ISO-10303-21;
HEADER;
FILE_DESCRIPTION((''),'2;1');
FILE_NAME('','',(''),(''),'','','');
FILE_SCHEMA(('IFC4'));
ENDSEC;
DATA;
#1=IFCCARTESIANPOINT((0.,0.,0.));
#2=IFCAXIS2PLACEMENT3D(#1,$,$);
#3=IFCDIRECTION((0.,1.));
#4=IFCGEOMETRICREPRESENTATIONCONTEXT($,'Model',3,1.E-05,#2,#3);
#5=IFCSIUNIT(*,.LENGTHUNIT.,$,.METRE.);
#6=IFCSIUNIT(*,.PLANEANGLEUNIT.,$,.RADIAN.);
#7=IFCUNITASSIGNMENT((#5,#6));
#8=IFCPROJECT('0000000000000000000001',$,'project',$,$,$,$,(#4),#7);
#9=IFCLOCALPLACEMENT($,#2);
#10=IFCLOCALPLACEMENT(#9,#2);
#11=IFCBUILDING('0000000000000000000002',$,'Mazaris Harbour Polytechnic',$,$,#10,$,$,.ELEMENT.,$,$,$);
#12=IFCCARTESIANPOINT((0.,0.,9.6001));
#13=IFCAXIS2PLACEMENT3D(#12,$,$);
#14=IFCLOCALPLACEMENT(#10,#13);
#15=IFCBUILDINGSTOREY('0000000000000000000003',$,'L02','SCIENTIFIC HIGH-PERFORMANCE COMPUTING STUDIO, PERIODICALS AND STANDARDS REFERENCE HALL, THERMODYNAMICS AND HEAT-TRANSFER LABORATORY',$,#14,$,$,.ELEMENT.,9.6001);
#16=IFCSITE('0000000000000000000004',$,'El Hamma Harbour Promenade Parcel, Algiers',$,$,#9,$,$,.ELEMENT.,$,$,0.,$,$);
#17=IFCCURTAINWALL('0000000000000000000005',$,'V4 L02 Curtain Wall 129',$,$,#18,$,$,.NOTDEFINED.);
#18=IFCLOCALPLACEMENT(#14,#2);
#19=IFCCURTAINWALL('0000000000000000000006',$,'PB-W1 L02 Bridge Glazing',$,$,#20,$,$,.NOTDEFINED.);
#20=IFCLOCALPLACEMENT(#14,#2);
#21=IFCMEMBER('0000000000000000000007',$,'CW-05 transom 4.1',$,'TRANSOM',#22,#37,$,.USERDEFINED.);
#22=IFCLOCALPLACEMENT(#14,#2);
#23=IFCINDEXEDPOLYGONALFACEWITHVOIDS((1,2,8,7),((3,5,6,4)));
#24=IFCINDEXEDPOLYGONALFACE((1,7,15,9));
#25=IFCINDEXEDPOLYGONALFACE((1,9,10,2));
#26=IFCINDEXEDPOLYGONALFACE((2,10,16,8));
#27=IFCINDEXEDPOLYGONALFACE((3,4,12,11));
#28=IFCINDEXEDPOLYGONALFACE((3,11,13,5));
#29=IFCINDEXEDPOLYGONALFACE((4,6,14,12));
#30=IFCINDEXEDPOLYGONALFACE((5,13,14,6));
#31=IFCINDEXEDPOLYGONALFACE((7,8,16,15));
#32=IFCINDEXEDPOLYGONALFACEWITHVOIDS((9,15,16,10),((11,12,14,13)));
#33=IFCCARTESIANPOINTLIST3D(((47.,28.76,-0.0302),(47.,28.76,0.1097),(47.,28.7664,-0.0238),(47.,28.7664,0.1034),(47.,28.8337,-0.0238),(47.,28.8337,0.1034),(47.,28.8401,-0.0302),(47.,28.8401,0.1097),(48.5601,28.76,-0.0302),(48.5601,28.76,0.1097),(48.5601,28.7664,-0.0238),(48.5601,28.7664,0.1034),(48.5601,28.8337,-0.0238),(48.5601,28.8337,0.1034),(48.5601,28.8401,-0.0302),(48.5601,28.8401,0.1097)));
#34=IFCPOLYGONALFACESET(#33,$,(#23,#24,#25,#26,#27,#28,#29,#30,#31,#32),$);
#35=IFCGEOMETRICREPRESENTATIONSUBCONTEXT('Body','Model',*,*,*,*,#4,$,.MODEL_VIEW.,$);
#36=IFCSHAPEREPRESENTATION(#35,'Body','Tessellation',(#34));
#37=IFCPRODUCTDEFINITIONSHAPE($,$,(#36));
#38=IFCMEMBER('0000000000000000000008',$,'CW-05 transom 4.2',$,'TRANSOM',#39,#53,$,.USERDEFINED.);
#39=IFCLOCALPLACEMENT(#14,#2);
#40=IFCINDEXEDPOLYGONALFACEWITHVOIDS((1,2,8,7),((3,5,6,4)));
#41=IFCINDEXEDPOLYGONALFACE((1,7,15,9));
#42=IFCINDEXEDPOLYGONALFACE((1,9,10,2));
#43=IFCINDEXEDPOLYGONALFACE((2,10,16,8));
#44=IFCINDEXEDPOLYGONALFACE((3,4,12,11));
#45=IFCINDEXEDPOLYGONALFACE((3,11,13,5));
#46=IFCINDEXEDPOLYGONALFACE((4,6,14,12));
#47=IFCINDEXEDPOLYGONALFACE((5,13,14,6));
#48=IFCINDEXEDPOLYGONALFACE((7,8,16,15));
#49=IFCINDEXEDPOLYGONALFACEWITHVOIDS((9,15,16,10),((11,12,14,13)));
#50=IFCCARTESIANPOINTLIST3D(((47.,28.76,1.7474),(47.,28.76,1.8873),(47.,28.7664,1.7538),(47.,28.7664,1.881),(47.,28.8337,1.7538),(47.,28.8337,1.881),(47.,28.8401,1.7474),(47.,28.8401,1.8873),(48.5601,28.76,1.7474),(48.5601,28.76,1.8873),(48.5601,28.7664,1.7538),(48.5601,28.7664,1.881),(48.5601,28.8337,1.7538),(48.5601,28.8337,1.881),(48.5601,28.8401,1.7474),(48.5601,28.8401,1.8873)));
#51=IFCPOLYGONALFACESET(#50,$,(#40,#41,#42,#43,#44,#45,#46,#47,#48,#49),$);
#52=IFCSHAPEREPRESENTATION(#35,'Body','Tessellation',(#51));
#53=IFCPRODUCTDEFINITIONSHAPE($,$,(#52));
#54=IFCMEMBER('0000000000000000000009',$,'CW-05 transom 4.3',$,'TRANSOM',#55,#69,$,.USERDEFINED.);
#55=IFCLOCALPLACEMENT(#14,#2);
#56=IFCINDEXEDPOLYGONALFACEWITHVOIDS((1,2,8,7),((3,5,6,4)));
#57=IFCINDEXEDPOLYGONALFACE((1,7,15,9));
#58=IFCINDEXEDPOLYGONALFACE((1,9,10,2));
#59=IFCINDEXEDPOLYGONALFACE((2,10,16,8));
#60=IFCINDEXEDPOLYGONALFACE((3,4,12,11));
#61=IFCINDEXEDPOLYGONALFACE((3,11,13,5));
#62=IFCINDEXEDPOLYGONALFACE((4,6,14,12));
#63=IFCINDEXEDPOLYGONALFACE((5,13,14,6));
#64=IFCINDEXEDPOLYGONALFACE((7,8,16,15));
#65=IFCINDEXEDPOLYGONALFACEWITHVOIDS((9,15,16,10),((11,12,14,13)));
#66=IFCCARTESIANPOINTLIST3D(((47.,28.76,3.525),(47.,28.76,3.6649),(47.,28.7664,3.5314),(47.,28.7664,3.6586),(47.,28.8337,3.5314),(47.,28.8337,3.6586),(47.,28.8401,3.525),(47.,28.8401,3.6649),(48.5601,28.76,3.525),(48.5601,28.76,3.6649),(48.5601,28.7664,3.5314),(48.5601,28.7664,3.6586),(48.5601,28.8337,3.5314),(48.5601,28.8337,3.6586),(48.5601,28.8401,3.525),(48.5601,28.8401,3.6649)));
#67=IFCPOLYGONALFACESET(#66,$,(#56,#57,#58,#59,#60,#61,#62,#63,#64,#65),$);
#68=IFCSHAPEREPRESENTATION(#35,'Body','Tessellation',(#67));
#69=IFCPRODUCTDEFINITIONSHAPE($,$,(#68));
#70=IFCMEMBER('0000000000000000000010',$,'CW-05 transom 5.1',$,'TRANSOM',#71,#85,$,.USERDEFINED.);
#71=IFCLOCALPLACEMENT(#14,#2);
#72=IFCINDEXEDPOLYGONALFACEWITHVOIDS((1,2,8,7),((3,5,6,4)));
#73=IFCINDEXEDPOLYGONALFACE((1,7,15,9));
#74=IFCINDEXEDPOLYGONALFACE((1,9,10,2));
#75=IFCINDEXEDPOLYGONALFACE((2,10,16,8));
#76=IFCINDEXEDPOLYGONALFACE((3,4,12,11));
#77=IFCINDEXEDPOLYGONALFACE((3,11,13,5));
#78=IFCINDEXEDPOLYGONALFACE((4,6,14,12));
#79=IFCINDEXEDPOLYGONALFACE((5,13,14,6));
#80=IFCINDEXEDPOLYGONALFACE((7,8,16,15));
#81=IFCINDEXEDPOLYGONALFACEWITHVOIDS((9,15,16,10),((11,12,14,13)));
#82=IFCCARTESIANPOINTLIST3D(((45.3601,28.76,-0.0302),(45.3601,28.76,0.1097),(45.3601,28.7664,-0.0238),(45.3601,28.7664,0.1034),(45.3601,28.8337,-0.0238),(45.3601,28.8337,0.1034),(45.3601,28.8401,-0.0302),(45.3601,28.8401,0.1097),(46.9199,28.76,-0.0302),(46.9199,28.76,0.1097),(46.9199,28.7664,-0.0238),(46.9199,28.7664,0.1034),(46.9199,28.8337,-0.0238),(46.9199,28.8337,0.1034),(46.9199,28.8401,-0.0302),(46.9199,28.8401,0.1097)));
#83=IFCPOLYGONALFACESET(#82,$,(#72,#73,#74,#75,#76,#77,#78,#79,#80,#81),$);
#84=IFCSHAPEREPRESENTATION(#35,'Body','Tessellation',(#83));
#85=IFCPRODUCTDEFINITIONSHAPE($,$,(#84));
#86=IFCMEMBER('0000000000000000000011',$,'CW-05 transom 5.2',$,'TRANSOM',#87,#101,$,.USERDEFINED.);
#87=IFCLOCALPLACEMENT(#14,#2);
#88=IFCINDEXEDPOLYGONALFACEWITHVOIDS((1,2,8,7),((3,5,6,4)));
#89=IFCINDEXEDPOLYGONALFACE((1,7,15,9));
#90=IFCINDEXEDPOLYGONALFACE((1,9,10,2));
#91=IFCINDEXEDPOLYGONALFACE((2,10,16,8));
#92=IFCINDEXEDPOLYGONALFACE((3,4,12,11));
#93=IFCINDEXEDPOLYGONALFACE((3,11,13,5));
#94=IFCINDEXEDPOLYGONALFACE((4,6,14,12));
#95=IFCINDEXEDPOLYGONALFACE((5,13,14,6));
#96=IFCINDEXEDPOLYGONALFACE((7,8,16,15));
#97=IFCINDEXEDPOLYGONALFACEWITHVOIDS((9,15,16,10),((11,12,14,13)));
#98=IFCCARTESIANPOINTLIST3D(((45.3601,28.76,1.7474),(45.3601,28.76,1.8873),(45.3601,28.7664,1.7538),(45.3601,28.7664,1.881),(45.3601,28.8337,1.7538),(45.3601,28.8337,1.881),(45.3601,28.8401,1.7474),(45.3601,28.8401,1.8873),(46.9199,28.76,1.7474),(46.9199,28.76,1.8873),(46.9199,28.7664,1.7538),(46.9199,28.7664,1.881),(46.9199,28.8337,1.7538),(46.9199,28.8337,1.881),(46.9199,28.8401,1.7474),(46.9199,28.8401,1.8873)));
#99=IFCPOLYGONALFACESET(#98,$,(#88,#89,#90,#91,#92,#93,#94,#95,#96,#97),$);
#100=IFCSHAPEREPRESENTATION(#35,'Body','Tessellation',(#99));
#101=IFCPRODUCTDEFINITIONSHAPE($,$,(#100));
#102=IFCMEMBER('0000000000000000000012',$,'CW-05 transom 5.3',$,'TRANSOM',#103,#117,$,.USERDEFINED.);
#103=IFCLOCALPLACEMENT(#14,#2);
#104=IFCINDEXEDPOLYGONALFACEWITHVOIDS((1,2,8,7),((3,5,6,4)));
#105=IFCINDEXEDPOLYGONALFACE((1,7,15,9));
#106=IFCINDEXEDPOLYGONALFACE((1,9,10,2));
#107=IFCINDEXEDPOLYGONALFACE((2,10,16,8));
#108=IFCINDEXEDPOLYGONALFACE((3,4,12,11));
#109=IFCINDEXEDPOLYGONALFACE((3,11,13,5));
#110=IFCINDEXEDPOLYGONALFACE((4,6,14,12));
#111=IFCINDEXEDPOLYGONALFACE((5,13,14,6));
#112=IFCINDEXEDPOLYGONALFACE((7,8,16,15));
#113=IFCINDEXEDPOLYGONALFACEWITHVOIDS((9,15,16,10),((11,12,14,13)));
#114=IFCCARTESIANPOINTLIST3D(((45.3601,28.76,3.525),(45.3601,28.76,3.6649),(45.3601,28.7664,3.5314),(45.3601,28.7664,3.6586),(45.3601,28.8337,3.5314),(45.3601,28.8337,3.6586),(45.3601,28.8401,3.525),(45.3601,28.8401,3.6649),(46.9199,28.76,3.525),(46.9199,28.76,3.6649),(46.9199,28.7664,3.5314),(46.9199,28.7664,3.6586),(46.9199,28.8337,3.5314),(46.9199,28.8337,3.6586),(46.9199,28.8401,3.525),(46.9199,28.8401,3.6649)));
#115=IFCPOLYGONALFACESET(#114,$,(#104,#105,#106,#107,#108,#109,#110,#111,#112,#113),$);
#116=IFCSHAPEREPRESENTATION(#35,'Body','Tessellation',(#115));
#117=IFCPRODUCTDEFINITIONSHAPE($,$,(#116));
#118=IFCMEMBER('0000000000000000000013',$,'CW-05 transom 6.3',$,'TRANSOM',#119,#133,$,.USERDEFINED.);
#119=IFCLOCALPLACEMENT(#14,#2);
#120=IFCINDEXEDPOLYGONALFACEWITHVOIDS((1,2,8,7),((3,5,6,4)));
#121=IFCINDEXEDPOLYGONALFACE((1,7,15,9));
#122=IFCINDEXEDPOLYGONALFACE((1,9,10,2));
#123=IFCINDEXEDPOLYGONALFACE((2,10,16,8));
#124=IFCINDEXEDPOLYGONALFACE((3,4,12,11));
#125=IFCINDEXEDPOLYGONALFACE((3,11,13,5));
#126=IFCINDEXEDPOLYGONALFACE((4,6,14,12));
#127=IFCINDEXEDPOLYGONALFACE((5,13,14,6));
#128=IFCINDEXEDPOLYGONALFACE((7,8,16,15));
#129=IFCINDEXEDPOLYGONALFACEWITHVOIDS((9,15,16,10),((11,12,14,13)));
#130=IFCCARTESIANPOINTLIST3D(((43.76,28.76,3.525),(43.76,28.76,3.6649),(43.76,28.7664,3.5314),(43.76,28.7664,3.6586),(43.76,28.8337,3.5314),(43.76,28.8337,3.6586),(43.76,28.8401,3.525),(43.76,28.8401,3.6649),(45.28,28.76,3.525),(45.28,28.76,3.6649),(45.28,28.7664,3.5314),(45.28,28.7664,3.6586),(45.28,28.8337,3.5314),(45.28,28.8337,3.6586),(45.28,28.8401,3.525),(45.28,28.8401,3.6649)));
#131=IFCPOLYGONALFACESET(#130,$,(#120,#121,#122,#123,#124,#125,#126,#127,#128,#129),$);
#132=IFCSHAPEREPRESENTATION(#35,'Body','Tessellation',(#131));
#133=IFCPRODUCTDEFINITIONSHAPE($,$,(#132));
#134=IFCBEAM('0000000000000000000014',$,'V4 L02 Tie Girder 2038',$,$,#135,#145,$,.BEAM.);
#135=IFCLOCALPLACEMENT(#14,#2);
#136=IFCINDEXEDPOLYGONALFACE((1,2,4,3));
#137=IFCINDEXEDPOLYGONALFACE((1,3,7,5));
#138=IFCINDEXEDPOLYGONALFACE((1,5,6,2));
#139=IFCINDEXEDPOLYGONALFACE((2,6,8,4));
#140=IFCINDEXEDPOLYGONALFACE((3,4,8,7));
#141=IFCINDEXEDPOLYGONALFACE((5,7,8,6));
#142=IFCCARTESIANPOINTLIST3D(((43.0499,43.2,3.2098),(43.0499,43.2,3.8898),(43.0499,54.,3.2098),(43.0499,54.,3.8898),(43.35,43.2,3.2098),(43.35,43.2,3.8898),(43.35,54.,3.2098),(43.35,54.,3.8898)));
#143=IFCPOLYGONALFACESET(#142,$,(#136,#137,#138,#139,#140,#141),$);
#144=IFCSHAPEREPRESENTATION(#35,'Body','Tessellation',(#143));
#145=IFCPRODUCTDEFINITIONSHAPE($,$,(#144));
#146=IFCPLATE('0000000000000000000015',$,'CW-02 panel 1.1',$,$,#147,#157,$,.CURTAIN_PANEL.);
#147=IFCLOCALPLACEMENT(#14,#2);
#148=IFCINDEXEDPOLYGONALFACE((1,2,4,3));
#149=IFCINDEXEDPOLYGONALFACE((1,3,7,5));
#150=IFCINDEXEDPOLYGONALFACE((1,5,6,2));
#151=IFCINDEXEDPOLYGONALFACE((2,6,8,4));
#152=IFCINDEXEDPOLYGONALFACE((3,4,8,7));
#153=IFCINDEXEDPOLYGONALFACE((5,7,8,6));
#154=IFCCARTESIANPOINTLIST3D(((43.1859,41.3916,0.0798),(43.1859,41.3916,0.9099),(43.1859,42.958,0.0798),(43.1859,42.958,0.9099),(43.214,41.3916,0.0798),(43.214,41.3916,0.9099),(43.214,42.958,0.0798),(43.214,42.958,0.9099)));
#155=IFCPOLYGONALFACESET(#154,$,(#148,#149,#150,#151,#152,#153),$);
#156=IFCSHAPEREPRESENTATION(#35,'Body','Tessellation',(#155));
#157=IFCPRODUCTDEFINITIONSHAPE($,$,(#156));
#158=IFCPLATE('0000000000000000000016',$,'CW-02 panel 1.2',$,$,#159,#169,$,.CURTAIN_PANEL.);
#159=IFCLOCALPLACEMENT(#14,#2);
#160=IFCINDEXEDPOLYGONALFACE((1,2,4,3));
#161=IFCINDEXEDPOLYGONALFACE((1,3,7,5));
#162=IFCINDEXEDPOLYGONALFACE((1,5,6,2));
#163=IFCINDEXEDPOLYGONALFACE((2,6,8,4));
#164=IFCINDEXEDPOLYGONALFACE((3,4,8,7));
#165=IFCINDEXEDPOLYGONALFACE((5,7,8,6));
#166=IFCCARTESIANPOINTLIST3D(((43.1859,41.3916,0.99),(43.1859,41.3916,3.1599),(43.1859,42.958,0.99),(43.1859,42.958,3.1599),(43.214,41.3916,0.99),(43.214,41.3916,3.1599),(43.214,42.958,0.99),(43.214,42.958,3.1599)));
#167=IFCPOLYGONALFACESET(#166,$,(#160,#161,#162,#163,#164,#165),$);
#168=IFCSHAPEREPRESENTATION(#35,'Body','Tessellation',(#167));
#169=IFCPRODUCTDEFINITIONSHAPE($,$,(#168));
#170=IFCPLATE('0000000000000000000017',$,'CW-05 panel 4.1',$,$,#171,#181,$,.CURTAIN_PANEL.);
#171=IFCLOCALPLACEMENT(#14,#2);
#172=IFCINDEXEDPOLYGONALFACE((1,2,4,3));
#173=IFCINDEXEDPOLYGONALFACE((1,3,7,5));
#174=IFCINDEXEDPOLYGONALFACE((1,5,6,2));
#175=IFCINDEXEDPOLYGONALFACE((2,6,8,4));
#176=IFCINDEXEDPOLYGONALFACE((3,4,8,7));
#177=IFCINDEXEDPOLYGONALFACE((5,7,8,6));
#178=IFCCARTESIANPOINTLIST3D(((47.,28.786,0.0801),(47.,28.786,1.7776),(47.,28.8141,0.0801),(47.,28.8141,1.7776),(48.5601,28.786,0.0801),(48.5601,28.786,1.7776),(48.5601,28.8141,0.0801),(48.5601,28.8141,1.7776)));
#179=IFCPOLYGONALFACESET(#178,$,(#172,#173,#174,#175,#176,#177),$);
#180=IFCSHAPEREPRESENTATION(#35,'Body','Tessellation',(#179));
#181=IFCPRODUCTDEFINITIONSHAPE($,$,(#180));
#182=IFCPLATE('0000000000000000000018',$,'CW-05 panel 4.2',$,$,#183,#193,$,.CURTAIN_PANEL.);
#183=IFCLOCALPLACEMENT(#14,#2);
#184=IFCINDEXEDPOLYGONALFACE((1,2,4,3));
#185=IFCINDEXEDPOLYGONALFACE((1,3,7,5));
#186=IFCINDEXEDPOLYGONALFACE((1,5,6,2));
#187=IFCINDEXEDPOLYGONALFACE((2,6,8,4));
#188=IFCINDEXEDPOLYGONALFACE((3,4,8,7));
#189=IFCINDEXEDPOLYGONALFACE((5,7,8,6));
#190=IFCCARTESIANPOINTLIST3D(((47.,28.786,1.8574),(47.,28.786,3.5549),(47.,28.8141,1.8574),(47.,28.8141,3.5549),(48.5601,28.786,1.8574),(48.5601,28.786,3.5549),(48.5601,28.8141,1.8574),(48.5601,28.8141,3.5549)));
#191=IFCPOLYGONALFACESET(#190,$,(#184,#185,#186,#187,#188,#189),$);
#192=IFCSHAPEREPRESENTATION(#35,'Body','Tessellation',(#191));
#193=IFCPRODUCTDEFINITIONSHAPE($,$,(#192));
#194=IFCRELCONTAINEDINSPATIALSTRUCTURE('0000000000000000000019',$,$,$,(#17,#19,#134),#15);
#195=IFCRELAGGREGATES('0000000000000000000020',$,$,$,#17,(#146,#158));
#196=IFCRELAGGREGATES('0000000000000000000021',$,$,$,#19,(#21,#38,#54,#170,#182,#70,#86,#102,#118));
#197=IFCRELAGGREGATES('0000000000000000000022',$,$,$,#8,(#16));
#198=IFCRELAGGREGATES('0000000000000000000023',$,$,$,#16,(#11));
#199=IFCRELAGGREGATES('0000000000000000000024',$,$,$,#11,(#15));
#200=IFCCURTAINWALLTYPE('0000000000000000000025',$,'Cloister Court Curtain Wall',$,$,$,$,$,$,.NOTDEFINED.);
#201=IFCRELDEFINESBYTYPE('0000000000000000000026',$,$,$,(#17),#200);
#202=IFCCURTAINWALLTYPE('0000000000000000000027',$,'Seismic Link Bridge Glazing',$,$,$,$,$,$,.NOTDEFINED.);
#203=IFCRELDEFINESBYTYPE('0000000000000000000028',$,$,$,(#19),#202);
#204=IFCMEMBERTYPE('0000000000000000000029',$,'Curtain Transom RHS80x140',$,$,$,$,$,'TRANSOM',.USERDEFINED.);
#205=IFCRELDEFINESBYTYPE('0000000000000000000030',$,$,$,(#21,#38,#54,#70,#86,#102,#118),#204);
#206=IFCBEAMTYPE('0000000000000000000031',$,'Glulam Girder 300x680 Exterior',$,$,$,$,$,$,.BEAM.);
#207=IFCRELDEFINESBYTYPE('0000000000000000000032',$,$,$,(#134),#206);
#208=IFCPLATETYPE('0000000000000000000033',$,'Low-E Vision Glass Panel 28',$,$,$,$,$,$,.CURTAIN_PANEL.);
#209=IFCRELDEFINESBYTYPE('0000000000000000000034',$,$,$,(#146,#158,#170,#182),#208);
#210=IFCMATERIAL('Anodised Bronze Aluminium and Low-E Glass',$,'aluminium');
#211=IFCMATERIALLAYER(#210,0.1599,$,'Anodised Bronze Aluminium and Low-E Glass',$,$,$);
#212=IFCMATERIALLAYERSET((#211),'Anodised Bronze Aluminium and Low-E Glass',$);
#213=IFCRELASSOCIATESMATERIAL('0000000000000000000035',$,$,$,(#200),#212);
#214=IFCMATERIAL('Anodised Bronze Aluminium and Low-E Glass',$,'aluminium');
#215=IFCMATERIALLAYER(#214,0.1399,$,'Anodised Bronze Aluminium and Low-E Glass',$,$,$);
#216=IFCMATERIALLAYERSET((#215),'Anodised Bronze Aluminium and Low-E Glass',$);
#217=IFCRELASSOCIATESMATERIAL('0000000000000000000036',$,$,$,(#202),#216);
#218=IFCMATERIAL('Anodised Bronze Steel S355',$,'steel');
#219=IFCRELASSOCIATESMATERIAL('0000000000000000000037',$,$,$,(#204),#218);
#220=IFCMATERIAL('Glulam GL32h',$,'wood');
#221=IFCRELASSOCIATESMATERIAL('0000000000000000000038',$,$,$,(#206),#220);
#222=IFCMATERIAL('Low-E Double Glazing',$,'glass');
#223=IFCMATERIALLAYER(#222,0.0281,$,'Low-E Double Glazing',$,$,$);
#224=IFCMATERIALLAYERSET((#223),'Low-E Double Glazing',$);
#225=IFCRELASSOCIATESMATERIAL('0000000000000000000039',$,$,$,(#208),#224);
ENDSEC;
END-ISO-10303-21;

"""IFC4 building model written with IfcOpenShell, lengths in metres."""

from ifc_helpers import new_model, si_unit, direction, frame, origin, origin_2d, place, context, subcontext, project, spatial, rectangle, hollow_rectangle, extrude, material, layer, layer_set, material_profile, profile_set, type_object, element, aggregate, save


model = new_model("IFC4")

# Units and contexts
model_context = context("Model", 3, precision=1e-05, world=origin(), true_north=direction((0.0, 1.0)))
body_context = subcontext(model_context, "Body", "Model", "MODEL_VIEW")
ifc_project = project(units=[si_unit("LENGTHUNIT", "METRE"), si_unit("PLANEANGLEUNIT", "RADIAN")], contexts=[model_context])

# Site, building, storey
site_placement = place(None, origin())
site = spatial("IfcSite", under=ifc_project, at=site_placement, Name="El Hamma Harbour Promenade Parcel, Algiers", CompositionType="ELEMENT", RefElevation=0.0)
building_placement = place(site_placement, origin())
building = spatial("IfcBuilding", under=site, at=building_placement, Name="Mazaris Harbour Polytechnic", CompositionType="ELEMENT")
storey_placement = place(building_placement, frame((0.0, 0.0, 9.6001)))
storey = spatial("IfcBuildingStorey", under=building, at=storey_placement, Name="L02", Description="SCIENTIFIC HIGH-PERFORMANCE COMPUTING STUDIO, PERIODICALS AND STANDARDS REFERENCE HALL, THERMODYNAMICS AND HEAT-TRANSFER LABORATORY", CompositionType="ELEMENT", Elevation=9.6001)

# Curtain walls
ifc_material_1 = material(Name="Anodised Bronze Aluminium and Low-E Glass", Category="aluminium")
ifc_layer_1 = layer(ifc_material_1, 0.1599, Name="Anodised Bronze Aluminium and Low-E Glass")
ifc_layer_set_1 = layer_set([ifc_layer_1], Name="Anodised Bronze Aluminium and Low-E Glass")
curtain_wall_type_1 = type_object("IfcCurtainWallType", Name="Cloister Court Curtain Wall", PredefinedType="NOTDEFINED", material=ifc_layer_set_1)
curtain_wall_1_placement = place(storey_placement, origin())
curtain_wall_1 = element("IfcCurtainWall", 1, at=curtain_wall_1_placement, inside=storey, type_object=curtain_wall_type_1, Name="V4 L02 Curtain Wall 129", PredefinedType="NOTDEFINED")
ifc_material_2 = material(Name="Anodised Bronze Aluminium and Low-E Glass", Category="aluminium")
ifc_layer_2 = layer(ifc_material_2, 0.1399, Name="Anodised Bronze Aluminium and Low-E Glass")
ifc_layer_set_2 = layer_set([ifc_layer_2], Name="Anodised Bronze Aluminium and Low-E Glass")
curtain_wall_type_2 = type_object("IfcCurtainWallType", Name="Seismic Link Bridge Glazing", PredefinedType="NOTDEFINED", material=ifc_layer_set_2)
curtain_wall_2_placement = place(storey_placement, origin())
curtain_wall_2 = element("IfcCurtainWall", 2, at=curtain_wall_2_placement, inside=storey, type_object=curtain_wall_type_2, Name="PB-W1 L02 Bridge Glazing", PredefinedType="NOTDEFINED")

# Members
ifc_material_3 = material(Name="Anodised Bronze Steel S355", Category="steel")
ifc_material_profile_1 = material_profile(ifc_material_3, hollow_rectangle(XDim=0.0801, YDim=0.1399, WallThickness=0.0063, at=origin_2d()), Name="RHS 80x140x6.3")
ifc_profile_set_1 = profile_set([ifc_material_profile_1], Name="Anodised Bronze Steel S355")
member_type_1 = type_object("IfcMemberType", Name="Curtain Transom RHS80x140", ElementType="TRANSOM", PredefinedType="USERDEFINED", material=ifc_profile_set_1)
member_1_placement = place(storey_placement, frame((48.5601, 28.8, 0.0398), z_axis=(-1.0, 0.0, 0.0), x_axis=(0.0, -1.0, 0.0)))
member_1 = element("IfcMember", 3, at=member_1_placement, type_object=member_type_1, Name="CW-05 transom 4.1", ObjectType="TRANSOM", PredefinedType="USERDEFINED", context=body_context, shape_type="SweptSolid", body=[
    extrude(hollow_rectangle(XDim=0.0801, YDim=0.1399, WallThickness=0.0063, at=origin_2d()), origin(), (0.0, 0.0, 1.0), 1.5601),
])
member_2_placement = place(storey_placement, frame((48.5601, 28.8, 1.8174), z_axis=(-1.0, 0.0, 0.0), x_axis=(0.0, -1.0, 0.0)))
member_2 = element("IfcMember", 4, at=member_2_placement, type_object=member_type_1, Name="CW-05 transom 4.2", ObjectType="TRANSOM", PredefinedType="USERDEFINED", context=body_context, shape_type="SweptSolid", body=[
    extrude(hollow_rectangle(XDim=0.0801, YDim=0.1399, WallThickness=0.0063, at=origin_2d()), origin(), (0.0, 0.0, 1.0), 1.5601),
])
member_3_placement = place(storey_placement, frame((48.5601, 28.8, 3.595), z_axis=(-1.0, 0.0, 0.0), x_axis=(0.0, -1.0, 0.0)))
member_3 = element("IfcMember", 5, at=member_3_placement, type_object=member_type_1, Name="CW-05 transom 4.3", ObjectType="TRANSOM", PredefinedType="USERDEFINED", context=body_context, shape_type="SweptSolid", body=[
    extrude(hollow_rectangle(XDim=0.0801, YDim=0.1399, WallThickness=0.0063, at=origin_2d()), origin(), (0.0, 0.0, 1.0), 1.5601),
])
member_4_placement = place(storey_placement, frame((46.9199, 28.8, 0.0398), z_axis=(-1.0, 0.0, 0.0), x_axis=(0.0, -1.0, 0.0)))
member_4 = element("IfcMember", 6, at=member_4_placement, type_object=member_type_1, Name="CW-05 transom 5.1", ObjectType="TRANSOM", PredefinedType="USERDEFINED", context=body_context, shape_type="SweptSolid", body=[
    extrude(hollow_rectangle(XDim=0.0801, YDim=0.1399, WallThickness=0.0063, at=origin_2d()), origin(), (0.0, 0.0, 1.0), 1.5598),
])
member_5_placement = place(storey_placement, frame((46.9199, 28.8, 1.8174), z_axis=(-1.0, 0.0, 0.0), x_axis=(0.0, -1.0, 0.0)))
member_5 = element("IfcMember", 7, at=member_5_placement, type_object=member_type_1, Name="CW-05 transom 5.2", ObjectType="TRANSOM", PredefinedType="USERDEFINED", context=body_context, shape_type="SweptSolid", body=[
    extrude(hollow_rectangle(XDim=0.0801, YDim=0.1399, WallThickness=0.0063, at=origin_2d()), origin(), (0.0, 0.0, 1.0), 1.5598),
])
member_6_placement = place(storey_placement, frame((46.9199, 28.8, 3.595), z_axis=(-1.0, 0.0, 0.0), x_axis=(0.0, -1.0, 0.0)))
member_6 = element("IfcMember", 8, at=member_6_placement, type_object=member_type_1, Name="CW-05 transom 5.3", ObjectType="TRANSOM", PredefinedType="USERDEFINED", context=body_context, shape_type="SweptSolid", body=[
    extrude(hollow_rectangle(XDim=0.0801, YDim=0.1399, WallThickness=0.0063, at=origin_2d()), origin(), (0.0, 0.0, 1.0), 1.5598),
])
member_7_placement = place(storey_placement, frame((45.28, 28.8, 3.595), z_axis=(-1.0, 0.0, 0.0), x_axis=(0.0, -1.0, 0.0)))
member_7 = element("IfcMember", 9, at=member_7_placement, type_object=member_type_1, Name="CW-05 transom 6.3", ObjectType="TRANSOM", PredefinedType="USERDEFINED", context=body_context, shape_type="SweptSolid", body=[
    extrude(hollow_rectangle(XDim=0.0801, YDim=0.1399, WallThickness=0.0063, at=origin_2d()), origin(), (0.0, 0.0, 1.0), 1.52),
])

# Beam
ifc_material_4 = material(Name="Glulam GL32h", Category="wood")
ifc_material_profile_2 = material_profile(ifc_material_4, rectangle(XDim=0.3, YDim=0.6799, at=origin_2d()), Name="RECT300x680")
ifc_profile_set_2 = profile_set([ifc_material_profile_2], Name="Glulam GL32h")
beam_type = type_object("IfcBeamType", Name="Glulam Girder 300x680 Exterior", PredefinedType="BEAM", material=ifc_profile_set_2)
beam_placement = place(storey_placement, frame((43.2, 43.2, 3.5498), z_axis=(0.0, 1.0, 0.0), x_axis=(-1.0, 0.0, 0.0)))
element("IfcBeam", 10, at=beam_placement, inside=storey, type_object=beam_type, Name="V4 L02 Tie Girder 2038", PredefinedType="BEAM", context=body_context, shape_type="SweptSolid", body=[
    extrude(rectangle(XDim=0.3, YDim=0.6799, at=origin_2d()), origin(), (0.0, 0.0, 1.0), 10.8),
])

# Plates
ifc_material_5 = material(Name="Low-E Double Glazing", Category="glass")
ifc_layer_3 = layer(ifc_material_5, 0.0281, Name="Low-E Double Glazing")
ifc_layer_set_3 = layer_set([ifc_layer_3], Name="Low-E Double Glazing")
plate_type = type_object("IfcPlateType", Name="Low-E Vision Glass Panel 28", PredefinedType="CURTAIN_PANEL", material=ifc_layer_set_3)
plate_1_placement = place(storey_placement, frame((43.2, 42.1748, 0.0798), z_axis=(0.0, 0.0, 1.0), x_axis=(0.0, -1.0, 0.0)))
plate_1 = element("IfcPlate", 11, at=plate_1_placement, type_object=plate_type, Name="CW-02 panel 1.1", PredefinedType="CURTAIN_PANEL", context=body_context, shape_type="SweptSolid", body=[
    extrude(rectangle(XDim=1.5664, YDim=0.0281, at=origin_2d()), origin(), (0.0, 0.0, 1.0), 0.8301),
])
plate_2_placement = place(storey_placement, frame((43.2, 42.1748, 0.99), z_axis=(0.0, 0.0, 1.0), x_axis=(0.0, -1.0, 0.0)))
plate_2 = element("IfcPlate", 12, at=plate_2_placement, type_object=plate_type, Name="CW-02 panel 1.2", PredefinedType="CURTAIN_PANEL", context=body_context, shape_type="SweptSolid", body=[
    extrude(rectangle(XDim=1.5664, YDim=0.0281, at=origin_2d()), origin(), (0.0, 0.0, 1.0), 2.1699),
])
aggregate(curtain_wall_1, [plate_1, plate_2])
plate_3_placement = place(storey_placement, frame((47.78, 28.8, 0.0801), z_axis=(0.0, 0.0, 1.0), x_axis=(-1.0, 0.0, 0.0)))
plate_3 = element("IfcPlate", 13, at=plate_3_placement, type_object=plate_type, Name="CW-05 panel 4.1", PredefinedType="CURTAIN_PANEL", context=body_context, shape_type="SweptSolid", body=[
    extrude(rectangle(XDim=1.5601, YDim=0.0281, at=origin_2d()), origin(), (0.0, 0.0, 1.0), 1.6975),
])
plate_4_placement = place(storey_placement, frame((47.78, 28.8, 1.8574), z_axis=(0.0, 0.0, 1.0), x_axis=(-1.0, 0.0, 0.0)))
plate_4 = element("IfcPlate", 14, at=plate_4_placement, type_object=plate_type, Name="CW-05 panel 4.2", PredefinedType="CURTAIN_PANEL", context=body_context, shape_type="SweptSolid", body=[
    extrude(rectangle(XDim=1.5601, YDim=0.0281, at=origin_2d()), origin(), (0.0, 0.0, 1.0), 1.6975),
])
aggregate(curtain_wall_2, [member_1, member_2, member_3, plate_3, plate_4, member_4, member_5, member_6, member_7])

save(model, "model.ifc")
